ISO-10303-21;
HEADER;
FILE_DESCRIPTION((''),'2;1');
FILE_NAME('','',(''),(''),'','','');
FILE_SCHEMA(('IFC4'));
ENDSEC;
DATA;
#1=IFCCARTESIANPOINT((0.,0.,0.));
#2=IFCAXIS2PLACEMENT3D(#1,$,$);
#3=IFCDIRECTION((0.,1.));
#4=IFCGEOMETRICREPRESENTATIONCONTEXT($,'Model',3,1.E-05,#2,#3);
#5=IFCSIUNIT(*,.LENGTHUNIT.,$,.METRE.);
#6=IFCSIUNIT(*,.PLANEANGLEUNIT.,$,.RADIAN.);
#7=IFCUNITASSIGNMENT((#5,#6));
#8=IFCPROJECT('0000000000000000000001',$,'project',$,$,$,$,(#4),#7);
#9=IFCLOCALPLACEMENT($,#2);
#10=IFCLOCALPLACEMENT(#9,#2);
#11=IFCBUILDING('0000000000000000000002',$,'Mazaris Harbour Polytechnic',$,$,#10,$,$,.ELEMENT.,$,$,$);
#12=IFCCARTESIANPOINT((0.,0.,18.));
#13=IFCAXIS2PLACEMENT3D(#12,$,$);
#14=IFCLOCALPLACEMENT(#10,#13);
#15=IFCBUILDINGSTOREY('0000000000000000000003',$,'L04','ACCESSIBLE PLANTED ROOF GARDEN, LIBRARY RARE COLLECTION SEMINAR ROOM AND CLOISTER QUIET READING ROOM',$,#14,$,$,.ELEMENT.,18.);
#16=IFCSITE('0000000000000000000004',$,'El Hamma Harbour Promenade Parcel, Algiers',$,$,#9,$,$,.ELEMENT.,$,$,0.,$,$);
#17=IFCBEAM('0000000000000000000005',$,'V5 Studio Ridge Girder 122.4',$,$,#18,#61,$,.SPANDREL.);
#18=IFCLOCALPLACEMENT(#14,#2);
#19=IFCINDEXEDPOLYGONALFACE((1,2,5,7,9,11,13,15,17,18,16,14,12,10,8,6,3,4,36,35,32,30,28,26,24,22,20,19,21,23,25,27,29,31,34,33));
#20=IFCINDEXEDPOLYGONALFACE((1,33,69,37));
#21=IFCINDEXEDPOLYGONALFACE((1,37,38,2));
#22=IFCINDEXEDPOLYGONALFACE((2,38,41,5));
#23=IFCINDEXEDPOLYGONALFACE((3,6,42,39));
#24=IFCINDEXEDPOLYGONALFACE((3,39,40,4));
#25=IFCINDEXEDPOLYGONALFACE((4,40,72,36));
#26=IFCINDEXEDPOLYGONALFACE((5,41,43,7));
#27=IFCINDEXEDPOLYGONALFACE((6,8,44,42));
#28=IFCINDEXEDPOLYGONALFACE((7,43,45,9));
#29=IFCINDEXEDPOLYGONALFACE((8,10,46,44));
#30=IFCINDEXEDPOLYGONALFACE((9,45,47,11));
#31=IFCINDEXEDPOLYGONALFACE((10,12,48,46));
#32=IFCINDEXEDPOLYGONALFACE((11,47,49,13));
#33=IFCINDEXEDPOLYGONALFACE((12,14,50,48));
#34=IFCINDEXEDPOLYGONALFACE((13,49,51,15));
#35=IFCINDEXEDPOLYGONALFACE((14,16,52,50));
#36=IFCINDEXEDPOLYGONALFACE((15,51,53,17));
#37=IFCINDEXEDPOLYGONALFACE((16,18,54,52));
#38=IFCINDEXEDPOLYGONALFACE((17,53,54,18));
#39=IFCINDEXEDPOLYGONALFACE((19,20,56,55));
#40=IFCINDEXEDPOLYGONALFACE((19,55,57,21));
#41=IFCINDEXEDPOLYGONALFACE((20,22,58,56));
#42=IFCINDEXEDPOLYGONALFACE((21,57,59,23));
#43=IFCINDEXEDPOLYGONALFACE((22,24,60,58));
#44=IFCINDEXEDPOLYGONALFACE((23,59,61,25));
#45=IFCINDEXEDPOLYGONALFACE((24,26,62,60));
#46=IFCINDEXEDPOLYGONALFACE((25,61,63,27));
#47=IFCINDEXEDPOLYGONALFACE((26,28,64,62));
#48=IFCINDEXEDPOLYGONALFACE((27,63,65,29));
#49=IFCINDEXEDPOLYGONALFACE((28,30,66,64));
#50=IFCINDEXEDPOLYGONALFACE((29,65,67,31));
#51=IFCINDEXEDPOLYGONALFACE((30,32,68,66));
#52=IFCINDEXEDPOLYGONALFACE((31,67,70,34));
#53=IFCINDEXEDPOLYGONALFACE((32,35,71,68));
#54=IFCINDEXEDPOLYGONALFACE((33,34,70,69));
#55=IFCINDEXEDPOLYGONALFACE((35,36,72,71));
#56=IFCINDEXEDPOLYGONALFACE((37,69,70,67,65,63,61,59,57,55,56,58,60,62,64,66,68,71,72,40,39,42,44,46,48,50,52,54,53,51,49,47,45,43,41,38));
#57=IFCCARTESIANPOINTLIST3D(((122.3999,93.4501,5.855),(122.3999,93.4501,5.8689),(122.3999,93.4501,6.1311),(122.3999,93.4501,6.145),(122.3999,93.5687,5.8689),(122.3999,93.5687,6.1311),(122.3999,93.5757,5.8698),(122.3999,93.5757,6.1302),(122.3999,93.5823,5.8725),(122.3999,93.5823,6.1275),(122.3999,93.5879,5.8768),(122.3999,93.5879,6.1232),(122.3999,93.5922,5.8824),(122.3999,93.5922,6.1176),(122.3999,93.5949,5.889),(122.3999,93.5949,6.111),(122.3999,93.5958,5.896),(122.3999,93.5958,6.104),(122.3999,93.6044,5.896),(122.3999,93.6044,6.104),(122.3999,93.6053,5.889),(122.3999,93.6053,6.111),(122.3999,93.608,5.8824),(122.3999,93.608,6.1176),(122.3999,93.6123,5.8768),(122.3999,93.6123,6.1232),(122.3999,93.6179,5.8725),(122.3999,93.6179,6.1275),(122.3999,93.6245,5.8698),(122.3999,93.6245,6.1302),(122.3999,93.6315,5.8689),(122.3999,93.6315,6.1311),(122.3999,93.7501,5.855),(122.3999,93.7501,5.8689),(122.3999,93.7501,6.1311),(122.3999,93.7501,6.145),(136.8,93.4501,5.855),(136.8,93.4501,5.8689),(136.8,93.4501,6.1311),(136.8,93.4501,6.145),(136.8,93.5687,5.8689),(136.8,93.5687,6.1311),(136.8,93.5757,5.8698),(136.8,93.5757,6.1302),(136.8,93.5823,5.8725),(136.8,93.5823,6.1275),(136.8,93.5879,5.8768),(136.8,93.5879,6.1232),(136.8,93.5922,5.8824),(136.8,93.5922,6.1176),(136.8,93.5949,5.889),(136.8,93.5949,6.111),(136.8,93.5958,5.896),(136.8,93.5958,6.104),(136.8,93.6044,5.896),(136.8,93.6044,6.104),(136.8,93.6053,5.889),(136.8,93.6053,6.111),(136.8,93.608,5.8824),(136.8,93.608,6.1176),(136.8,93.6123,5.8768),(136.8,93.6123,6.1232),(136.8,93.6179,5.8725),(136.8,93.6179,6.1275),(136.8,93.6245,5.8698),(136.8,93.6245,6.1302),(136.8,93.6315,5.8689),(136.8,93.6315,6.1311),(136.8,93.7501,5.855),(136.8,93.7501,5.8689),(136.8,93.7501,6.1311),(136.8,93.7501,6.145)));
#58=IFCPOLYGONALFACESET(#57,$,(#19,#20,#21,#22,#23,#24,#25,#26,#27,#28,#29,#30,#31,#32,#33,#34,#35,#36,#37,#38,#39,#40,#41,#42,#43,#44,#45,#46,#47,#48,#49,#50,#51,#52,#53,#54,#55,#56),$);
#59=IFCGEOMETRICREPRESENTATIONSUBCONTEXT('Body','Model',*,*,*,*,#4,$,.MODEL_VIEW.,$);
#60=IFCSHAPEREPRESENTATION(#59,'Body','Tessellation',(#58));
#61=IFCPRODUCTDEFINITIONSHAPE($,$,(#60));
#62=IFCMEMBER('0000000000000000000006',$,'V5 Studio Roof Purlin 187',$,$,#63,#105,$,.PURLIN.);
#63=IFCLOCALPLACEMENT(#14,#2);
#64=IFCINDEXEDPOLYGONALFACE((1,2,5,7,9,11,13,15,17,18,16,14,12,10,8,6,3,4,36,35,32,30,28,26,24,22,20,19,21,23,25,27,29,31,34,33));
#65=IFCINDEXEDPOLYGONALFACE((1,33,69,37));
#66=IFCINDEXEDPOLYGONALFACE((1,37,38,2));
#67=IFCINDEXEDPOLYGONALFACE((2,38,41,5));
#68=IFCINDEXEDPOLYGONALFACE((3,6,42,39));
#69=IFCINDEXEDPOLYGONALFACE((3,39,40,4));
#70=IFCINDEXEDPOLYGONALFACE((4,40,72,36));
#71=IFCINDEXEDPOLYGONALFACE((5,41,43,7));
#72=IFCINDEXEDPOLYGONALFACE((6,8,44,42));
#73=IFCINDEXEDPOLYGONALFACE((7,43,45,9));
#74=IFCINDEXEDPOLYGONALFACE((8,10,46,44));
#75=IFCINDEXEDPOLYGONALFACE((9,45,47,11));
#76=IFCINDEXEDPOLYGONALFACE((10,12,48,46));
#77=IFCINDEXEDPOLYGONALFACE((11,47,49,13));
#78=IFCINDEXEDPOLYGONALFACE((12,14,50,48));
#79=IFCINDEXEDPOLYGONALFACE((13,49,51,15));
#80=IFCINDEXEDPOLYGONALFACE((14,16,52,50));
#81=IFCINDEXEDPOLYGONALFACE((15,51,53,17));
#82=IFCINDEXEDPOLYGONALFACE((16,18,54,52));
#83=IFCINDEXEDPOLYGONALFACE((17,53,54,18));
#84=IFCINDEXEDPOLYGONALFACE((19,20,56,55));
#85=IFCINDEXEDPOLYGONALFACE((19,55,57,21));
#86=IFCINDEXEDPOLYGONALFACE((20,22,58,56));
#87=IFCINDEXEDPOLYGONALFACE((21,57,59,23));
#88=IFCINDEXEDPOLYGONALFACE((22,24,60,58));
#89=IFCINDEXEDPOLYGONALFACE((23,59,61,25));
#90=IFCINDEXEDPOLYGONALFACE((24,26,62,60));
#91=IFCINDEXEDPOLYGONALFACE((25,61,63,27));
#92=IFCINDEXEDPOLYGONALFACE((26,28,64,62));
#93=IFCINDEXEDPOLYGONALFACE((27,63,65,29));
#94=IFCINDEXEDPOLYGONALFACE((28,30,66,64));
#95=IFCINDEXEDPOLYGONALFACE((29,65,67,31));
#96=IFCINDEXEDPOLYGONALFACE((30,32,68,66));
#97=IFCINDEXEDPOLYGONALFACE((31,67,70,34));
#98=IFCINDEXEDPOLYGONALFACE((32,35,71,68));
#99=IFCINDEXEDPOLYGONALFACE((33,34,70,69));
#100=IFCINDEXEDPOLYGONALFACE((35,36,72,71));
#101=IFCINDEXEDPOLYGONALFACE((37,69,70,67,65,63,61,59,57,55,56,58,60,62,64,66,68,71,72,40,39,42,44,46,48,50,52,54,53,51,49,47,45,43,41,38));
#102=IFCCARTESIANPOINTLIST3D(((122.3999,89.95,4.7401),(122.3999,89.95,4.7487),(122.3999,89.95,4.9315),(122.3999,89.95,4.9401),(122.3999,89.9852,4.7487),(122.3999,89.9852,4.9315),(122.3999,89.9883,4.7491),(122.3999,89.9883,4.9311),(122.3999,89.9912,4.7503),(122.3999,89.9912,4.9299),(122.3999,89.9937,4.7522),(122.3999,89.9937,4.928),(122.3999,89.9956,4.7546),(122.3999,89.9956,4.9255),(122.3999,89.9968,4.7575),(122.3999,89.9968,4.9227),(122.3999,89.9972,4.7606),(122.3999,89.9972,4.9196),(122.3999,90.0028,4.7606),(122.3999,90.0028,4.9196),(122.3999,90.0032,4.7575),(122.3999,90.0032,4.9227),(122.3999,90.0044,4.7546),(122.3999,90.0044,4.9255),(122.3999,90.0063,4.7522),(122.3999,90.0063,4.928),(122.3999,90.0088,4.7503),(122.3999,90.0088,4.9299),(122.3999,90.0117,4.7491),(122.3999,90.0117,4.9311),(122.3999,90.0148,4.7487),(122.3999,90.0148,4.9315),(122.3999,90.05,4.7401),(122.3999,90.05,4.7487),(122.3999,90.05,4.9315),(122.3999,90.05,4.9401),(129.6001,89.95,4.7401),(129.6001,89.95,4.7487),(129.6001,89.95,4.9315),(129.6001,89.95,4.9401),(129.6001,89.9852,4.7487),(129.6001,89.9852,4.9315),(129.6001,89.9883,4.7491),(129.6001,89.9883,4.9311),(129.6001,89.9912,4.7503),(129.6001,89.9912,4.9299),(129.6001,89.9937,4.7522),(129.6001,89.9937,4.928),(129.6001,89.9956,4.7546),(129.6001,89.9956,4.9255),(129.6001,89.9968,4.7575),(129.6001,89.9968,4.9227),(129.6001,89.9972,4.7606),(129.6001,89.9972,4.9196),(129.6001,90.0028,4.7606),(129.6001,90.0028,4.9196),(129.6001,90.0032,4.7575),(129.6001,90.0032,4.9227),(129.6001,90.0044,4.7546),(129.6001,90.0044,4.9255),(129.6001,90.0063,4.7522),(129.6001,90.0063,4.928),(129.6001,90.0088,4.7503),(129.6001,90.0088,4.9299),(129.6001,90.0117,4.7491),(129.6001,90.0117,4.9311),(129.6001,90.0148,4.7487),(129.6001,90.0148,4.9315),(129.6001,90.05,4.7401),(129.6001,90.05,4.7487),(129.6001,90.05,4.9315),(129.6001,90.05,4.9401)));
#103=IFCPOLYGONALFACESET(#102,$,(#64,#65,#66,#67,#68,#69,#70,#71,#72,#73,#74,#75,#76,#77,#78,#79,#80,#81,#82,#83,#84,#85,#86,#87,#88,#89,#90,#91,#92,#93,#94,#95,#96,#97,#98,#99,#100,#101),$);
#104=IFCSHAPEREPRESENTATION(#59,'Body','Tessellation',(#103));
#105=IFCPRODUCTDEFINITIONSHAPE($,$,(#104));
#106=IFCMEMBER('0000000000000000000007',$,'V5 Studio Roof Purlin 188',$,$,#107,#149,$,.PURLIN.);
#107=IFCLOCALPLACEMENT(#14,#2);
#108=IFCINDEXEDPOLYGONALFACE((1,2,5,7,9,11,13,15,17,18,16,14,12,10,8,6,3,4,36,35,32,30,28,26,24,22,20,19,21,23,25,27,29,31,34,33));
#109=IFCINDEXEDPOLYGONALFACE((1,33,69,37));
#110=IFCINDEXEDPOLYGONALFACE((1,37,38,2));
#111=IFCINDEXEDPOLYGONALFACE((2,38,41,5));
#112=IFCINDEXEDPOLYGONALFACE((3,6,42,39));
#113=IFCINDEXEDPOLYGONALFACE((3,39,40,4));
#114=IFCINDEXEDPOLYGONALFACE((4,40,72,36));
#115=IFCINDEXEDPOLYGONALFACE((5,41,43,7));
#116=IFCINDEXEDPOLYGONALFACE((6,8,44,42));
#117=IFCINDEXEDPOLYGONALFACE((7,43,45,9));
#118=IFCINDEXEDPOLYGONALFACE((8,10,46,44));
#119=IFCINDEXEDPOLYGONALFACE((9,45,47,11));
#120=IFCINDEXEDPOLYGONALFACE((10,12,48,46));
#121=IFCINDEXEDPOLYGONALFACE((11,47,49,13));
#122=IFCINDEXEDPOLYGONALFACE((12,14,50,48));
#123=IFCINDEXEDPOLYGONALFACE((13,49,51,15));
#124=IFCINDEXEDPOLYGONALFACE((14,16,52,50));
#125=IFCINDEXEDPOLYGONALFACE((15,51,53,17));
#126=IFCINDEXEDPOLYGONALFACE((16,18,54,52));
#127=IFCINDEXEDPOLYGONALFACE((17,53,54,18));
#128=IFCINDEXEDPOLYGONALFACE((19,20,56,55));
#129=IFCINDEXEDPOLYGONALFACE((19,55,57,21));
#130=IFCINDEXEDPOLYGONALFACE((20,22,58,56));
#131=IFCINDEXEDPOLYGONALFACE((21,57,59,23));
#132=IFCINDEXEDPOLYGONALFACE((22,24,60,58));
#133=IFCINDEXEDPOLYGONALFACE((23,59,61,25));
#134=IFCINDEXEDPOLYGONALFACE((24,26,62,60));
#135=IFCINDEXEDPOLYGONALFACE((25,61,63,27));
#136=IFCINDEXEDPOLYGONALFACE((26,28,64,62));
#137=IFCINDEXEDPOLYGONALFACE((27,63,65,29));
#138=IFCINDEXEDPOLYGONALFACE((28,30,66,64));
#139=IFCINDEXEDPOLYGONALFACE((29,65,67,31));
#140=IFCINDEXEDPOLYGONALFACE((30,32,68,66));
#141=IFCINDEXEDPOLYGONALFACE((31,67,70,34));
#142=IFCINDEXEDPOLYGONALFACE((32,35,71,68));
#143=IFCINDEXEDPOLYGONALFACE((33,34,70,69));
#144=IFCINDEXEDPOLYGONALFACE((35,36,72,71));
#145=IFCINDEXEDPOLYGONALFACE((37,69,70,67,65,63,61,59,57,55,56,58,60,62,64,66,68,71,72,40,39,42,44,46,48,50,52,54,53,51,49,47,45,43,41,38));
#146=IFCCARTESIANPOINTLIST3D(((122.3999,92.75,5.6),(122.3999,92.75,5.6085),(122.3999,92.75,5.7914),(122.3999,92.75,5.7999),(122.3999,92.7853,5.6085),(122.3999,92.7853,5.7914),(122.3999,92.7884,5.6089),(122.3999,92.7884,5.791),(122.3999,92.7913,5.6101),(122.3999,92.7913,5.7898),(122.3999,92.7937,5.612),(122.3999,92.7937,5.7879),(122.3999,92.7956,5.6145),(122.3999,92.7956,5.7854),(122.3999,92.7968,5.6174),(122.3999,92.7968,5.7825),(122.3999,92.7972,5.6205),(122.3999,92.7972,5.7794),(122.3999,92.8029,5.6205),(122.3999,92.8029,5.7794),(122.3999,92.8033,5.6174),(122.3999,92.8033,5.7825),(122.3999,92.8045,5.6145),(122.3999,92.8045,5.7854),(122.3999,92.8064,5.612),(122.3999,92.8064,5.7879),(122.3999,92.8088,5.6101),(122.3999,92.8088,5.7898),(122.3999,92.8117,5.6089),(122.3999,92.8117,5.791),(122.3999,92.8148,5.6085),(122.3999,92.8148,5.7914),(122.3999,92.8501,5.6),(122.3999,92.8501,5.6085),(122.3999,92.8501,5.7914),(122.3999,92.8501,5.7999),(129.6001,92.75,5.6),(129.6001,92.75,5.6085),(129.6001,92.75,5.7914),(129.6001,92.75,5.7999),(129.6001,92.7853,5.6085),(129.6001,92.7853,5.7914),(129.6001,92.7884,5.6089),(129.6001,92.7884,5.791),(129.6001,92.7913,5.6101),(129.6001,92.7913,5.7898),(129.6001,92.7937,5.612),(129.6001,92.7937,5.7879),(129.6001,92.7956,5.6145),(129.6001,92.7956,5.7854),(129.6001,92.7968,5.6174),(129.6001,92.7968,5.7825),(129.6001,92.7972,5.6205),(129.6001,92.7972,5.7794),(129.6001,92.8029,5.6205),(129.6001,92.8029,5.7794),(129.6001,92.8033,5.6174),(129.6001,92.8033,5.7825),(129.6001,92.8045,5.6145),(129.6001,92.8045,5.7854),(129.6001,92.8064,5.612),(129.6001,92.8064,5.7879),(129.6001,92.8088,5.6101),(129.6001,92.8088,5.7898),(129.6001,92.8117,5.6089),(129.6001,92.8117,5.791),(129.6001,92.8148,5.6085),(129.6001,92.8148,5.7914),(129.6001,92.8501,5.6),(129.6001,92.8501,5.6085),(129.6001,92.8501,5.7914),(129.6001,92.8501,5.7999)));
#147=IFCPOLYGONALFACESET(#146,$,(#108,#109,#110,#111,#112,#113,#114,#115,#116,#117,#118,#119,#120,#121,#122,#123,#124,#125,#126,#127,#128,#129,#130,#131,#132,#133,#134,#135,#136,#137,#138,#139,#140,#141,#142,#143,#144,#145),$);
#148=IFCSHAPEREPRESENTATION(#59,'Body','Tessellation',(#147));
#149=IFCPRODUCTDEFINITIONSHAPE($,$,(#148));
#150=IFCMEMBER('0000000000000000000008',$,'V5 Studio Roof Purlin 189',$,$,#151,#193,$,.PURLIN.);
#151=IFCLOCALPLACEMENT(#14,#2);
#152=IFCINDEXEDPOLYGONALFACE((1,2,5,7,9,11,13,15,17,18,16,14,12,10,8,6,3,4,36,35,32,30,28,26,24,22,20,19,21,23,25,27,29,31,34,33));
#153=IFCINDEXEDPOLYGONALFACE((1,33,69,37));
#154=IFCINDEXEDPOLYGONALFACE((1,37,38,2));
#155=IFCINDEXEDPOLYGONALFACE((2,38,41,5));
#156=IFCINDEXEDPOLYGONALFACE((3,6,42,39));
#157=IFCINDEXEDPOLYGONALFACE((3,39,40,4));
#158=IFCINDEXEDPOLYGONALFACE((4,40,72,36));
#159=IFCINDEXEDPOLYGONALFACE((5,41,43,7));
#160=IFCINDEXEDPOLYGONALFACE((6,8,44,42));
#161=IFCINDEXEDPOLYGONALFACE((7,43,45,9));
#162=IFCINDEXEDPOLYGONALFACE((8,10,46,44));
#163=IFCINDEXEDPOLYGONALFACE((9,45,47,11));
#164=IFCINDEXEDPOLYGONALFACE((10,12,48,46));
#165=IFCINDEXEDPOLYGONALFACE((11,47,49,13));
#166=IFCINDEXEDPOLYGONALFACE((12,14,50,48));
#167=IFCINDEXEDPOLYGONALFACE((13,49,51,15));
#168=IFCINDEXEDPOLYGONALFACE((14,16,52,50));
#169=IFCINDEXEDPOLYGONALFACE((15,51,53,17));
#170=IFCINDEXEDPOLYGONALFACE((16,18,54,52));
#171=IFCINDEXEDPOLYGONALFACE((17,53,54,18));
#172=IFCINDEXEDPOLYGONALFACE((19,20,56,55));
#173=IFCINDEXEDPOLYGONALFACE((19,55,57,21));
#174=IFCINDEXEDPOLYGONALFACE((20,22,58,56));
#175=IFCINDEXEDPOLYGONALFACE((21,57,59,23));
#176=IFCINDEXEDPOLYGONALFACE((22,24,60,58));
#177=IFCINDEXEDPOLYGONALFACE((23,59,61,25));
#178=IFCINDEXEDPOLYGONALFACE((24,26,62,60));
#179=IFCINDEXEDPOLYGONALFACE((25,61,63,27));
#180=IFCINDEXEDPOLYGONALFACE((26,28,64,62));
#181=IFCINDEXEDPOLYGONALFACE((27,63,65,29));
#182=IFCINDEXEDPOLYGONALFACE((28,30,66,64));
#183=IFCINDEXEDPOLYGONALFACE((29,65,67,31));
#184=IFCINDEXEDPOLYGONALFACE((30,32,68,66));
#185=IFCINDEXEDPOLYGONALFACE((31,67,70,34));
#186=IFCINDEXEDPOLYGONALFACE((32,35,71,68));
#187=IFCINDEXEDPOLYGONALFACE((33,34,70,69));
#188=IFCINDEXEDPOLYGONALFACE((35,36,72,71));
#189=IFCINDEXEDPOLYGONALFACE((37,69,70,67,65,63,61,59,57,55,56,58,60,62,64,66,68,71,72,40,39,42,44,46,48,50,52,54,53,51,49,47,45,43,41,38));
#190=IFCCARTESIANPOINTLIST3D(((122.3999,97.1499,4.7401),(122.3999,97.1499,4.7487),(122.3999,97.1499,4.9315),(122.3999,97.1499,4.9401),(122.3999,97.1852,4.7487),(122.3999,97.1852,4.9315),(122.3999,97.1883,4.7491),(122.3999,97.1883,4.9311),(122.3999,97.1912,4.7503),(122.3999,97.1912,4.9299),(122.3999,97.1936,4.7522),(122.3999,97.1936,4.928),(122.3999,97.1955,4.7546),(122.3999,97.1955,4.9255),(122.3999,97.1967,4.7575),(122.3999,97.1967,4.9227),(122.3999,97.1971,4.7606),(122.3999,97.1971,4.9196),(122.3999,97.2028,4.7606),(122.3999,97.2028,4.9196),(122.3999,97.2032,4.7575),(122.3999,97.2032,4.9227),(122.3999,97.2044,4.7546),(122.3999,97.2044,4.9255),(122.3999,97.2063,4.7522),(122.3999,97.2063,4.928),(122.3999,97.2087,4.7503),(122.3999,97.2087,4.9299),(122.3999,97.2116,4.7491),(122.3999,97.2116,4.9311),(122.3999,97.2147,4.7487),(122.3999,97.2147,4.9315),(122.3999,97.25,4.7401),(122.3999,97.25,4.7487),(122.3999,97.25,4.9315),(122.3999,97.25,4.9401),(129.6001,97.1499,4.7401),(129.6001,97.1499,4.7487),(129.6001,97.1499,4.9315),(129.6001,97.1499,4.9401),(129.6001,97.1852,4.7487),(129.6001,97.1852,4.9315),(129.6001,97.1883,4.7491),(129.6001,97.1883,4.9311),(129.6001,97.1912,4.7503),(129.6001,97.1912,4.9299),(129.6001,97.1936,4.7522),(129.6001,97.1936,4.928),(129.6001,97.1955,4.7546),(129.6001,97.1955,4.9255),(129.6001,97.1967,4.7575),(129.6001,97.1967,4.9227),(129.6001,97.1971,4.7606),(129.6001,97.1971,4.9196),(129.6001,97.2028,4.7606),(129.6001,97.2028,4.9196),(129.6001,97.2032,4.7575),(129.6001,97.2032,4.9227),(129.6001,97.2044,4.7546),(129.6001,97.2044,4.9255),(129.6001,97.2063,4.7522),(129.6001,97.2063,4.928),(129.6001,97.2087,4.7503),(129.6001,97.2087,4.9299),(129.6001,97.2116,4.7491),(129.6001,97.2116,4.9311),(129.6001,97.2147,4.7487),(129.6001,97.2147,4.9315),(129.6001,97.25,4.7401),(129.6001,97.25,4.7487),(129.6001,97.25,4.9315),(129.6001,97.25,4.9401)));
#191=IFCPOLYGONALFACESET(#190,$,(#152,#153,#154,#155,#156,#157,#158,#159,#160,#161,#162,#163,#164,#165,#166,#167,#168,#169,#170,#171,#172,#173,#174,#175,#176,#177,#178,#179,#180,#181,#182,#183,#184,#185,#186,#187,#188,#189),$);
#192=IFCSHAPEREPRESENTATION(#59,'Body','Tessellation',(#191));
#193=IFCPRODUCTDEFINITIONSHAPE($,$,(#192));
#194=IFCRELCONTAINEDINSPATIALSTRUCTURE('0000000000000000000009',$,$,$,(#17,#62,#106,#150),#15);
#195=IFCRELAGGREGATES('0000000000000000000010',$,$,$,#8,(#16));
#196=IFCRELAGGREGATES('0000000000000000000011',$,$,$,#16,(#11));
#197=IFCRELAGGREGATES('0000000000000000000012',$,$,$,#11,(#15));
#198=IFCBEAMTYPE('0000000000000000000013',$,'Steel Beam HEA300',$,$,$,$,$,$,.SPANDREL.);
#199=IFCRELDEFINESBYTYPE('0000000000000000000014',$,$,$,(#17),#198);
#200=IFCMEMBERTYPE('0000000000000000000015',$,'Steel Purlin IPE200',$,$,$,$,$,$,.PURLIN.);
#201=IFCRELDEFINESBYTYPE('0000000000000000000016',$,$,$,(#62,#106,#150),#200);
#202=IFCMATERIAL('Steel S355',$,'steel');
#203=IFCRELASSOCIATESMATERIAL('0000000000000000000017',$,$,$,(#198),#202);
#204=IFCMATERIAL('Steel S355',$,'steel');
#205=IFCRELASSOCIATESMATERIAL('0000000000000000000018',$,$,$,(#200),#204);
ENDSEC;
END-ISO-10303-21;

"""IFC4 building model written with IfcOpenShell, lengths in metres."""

from ifc_helpers import new_model, si_unit, direction, frame, origin, origin_2d, place, context, subcontext, project, spatial, i_section, extrude, material, material_profile, profile_set, type_object, element, save


model = new_model("IFC4")

# Units and contexts
model_context = context("Model", 3, precision=1e-05, world=origin(), true_north=direction((0.0, 1.0)))
body_context = subcontext(model_context, "Body", "Model", "MODEL_VIEW")
ifc_project = project(units=[si_unit("LENGTHUNIT", "METRE"), si_unit("PLANEANGLEUNIT", "RADIAN")], contexts=[model_context])

# Site, building, storey
site_placement = place(None, origin())
site = spatial("IfcSite", under=ifc_project, at=site_placement, Name="El Hamma Harbour Promenade Parcel, Algiers", CompositionType="ELEMENT", RefElevation=0.0)
building_placement = place(site_placement, origin())
building = spatial("IfcBuilding", under=site, at=building_placement, Name="Mazaris Harbour Polytechnic", CompositionType="ELEMENT")
storey_placement = place(building_placement, frame((0.0, 0.0, 18.0)))
storey = spatial("IfcBuildingStorey", under=building, at=storey_placement, Name="L04", Description="ACCESSIBLE PLANTED ROOF GARDEN, LIBRARY RARE COLLECTION SEMINAR ROOM AND CLOISTER QUIET READING ROOM", CompositionType="ELEMENT", Elevation=18.0)

# Beam
ifc_material_1 = material(Name="Steel S355", Category="steel")
ifc_material_profile_1 = material_profile(ifc_material_1, i_section(OverallWidth=0.3, OverallDepth=0.29, WebThickness=0.0085, FlangeThickness=0.0139, FilletRadius=0.0271, at=origin_2d()), Name="HEA 300")
ifc_profile_set_1 = profile_set([ifc_material_profile_1], Name="Steel S355")
beam_type = type_object("IfcBeamType", Name="Steel Beam HEA300", PredefinedType="SPANDREL", material=ifc_profile_set_1)
beam_placement = place(storey_placement, frame((122.3999, 93.6001, 6.0), z_axis=(1.0, 0.0, 0.0), x_axis=(0.0, 1.0, 0.0)))
element("IfcBeam", 1, at=beam_placement, inside=storey, type_object=beam_type, Name="V5 Studio Ridge Girder 122.4", PredefinedType="SPANDREL", context=body_context, shape_type="SweptSolid", body=[
    extrude(i_section(OverallWidth=0.3, OverallDepth=0.29, WebThickness=0.0085, FlangeThickness=0.0139, FilletRadius=0.0271, at=origin_2d()), origin(), (0.0, 0.0, 1.0), 14.4001),
])

# Members
ifc_material_2 = material(Name="Steel S355", Category="steel")
ifc_material_profile_2 = material_profile(ifc_material_2, i_section(OverallWidth=0.1001, OverallDepth=0.2, WebThickness=0.0056, FlangeThickness=0.0085, FilletRadius=0.012, at=origin_2d()), Name="IPE 200")
ifc_profile_set_2 = profile_set([ifc_material_profile_2], Name="Steel S355")
member_type_1 = type_object("IfcMemberType", Name="Steel Purlin IPE200", PredefinedType="PURLIN", material=ifc_profile_set_2)
for number, where, z_axis, x_axis, name in (
    (2, (122.3999, 90.0, 4.8401), (1.0, 0.0, 0.0), (0.0, 1.0, 0.0), "V5 Studio Roof Purlin 187"),
    (3, (122.3999, 92.8, 5.7), (1.0, 0.0, 0.0), (0.0, 1.0, 0.0), "V5 Studio Roof Purlin 188"),
    (4, (122.3999, 97.2, 4.8401), (1.0, 0.0, 0.0), (0.0, 1.0, 0.0), "V5 Studio Roof Purlin 189"),
):
    element("IfcMember", number, at=place(storey_placement, frame(where, z_axis=z_axis, x_axis=x_axis)), inside=storey, type_object=member_type_1, Name=name, PredefinedType="PURLIN", context=body_context, shape_type="SweptSolid", body=[
        extrude(i_section(OverallWidth=0.1001, OverallDepth=0.2, WebThickness=0.0056, FlangeThickness=0.0085, FilletRadius=0.012, at=origin_2d()), origin(), (0.0, 0.0, 1.0), 7.2002),
    ])

save(model, "model.ifc")
